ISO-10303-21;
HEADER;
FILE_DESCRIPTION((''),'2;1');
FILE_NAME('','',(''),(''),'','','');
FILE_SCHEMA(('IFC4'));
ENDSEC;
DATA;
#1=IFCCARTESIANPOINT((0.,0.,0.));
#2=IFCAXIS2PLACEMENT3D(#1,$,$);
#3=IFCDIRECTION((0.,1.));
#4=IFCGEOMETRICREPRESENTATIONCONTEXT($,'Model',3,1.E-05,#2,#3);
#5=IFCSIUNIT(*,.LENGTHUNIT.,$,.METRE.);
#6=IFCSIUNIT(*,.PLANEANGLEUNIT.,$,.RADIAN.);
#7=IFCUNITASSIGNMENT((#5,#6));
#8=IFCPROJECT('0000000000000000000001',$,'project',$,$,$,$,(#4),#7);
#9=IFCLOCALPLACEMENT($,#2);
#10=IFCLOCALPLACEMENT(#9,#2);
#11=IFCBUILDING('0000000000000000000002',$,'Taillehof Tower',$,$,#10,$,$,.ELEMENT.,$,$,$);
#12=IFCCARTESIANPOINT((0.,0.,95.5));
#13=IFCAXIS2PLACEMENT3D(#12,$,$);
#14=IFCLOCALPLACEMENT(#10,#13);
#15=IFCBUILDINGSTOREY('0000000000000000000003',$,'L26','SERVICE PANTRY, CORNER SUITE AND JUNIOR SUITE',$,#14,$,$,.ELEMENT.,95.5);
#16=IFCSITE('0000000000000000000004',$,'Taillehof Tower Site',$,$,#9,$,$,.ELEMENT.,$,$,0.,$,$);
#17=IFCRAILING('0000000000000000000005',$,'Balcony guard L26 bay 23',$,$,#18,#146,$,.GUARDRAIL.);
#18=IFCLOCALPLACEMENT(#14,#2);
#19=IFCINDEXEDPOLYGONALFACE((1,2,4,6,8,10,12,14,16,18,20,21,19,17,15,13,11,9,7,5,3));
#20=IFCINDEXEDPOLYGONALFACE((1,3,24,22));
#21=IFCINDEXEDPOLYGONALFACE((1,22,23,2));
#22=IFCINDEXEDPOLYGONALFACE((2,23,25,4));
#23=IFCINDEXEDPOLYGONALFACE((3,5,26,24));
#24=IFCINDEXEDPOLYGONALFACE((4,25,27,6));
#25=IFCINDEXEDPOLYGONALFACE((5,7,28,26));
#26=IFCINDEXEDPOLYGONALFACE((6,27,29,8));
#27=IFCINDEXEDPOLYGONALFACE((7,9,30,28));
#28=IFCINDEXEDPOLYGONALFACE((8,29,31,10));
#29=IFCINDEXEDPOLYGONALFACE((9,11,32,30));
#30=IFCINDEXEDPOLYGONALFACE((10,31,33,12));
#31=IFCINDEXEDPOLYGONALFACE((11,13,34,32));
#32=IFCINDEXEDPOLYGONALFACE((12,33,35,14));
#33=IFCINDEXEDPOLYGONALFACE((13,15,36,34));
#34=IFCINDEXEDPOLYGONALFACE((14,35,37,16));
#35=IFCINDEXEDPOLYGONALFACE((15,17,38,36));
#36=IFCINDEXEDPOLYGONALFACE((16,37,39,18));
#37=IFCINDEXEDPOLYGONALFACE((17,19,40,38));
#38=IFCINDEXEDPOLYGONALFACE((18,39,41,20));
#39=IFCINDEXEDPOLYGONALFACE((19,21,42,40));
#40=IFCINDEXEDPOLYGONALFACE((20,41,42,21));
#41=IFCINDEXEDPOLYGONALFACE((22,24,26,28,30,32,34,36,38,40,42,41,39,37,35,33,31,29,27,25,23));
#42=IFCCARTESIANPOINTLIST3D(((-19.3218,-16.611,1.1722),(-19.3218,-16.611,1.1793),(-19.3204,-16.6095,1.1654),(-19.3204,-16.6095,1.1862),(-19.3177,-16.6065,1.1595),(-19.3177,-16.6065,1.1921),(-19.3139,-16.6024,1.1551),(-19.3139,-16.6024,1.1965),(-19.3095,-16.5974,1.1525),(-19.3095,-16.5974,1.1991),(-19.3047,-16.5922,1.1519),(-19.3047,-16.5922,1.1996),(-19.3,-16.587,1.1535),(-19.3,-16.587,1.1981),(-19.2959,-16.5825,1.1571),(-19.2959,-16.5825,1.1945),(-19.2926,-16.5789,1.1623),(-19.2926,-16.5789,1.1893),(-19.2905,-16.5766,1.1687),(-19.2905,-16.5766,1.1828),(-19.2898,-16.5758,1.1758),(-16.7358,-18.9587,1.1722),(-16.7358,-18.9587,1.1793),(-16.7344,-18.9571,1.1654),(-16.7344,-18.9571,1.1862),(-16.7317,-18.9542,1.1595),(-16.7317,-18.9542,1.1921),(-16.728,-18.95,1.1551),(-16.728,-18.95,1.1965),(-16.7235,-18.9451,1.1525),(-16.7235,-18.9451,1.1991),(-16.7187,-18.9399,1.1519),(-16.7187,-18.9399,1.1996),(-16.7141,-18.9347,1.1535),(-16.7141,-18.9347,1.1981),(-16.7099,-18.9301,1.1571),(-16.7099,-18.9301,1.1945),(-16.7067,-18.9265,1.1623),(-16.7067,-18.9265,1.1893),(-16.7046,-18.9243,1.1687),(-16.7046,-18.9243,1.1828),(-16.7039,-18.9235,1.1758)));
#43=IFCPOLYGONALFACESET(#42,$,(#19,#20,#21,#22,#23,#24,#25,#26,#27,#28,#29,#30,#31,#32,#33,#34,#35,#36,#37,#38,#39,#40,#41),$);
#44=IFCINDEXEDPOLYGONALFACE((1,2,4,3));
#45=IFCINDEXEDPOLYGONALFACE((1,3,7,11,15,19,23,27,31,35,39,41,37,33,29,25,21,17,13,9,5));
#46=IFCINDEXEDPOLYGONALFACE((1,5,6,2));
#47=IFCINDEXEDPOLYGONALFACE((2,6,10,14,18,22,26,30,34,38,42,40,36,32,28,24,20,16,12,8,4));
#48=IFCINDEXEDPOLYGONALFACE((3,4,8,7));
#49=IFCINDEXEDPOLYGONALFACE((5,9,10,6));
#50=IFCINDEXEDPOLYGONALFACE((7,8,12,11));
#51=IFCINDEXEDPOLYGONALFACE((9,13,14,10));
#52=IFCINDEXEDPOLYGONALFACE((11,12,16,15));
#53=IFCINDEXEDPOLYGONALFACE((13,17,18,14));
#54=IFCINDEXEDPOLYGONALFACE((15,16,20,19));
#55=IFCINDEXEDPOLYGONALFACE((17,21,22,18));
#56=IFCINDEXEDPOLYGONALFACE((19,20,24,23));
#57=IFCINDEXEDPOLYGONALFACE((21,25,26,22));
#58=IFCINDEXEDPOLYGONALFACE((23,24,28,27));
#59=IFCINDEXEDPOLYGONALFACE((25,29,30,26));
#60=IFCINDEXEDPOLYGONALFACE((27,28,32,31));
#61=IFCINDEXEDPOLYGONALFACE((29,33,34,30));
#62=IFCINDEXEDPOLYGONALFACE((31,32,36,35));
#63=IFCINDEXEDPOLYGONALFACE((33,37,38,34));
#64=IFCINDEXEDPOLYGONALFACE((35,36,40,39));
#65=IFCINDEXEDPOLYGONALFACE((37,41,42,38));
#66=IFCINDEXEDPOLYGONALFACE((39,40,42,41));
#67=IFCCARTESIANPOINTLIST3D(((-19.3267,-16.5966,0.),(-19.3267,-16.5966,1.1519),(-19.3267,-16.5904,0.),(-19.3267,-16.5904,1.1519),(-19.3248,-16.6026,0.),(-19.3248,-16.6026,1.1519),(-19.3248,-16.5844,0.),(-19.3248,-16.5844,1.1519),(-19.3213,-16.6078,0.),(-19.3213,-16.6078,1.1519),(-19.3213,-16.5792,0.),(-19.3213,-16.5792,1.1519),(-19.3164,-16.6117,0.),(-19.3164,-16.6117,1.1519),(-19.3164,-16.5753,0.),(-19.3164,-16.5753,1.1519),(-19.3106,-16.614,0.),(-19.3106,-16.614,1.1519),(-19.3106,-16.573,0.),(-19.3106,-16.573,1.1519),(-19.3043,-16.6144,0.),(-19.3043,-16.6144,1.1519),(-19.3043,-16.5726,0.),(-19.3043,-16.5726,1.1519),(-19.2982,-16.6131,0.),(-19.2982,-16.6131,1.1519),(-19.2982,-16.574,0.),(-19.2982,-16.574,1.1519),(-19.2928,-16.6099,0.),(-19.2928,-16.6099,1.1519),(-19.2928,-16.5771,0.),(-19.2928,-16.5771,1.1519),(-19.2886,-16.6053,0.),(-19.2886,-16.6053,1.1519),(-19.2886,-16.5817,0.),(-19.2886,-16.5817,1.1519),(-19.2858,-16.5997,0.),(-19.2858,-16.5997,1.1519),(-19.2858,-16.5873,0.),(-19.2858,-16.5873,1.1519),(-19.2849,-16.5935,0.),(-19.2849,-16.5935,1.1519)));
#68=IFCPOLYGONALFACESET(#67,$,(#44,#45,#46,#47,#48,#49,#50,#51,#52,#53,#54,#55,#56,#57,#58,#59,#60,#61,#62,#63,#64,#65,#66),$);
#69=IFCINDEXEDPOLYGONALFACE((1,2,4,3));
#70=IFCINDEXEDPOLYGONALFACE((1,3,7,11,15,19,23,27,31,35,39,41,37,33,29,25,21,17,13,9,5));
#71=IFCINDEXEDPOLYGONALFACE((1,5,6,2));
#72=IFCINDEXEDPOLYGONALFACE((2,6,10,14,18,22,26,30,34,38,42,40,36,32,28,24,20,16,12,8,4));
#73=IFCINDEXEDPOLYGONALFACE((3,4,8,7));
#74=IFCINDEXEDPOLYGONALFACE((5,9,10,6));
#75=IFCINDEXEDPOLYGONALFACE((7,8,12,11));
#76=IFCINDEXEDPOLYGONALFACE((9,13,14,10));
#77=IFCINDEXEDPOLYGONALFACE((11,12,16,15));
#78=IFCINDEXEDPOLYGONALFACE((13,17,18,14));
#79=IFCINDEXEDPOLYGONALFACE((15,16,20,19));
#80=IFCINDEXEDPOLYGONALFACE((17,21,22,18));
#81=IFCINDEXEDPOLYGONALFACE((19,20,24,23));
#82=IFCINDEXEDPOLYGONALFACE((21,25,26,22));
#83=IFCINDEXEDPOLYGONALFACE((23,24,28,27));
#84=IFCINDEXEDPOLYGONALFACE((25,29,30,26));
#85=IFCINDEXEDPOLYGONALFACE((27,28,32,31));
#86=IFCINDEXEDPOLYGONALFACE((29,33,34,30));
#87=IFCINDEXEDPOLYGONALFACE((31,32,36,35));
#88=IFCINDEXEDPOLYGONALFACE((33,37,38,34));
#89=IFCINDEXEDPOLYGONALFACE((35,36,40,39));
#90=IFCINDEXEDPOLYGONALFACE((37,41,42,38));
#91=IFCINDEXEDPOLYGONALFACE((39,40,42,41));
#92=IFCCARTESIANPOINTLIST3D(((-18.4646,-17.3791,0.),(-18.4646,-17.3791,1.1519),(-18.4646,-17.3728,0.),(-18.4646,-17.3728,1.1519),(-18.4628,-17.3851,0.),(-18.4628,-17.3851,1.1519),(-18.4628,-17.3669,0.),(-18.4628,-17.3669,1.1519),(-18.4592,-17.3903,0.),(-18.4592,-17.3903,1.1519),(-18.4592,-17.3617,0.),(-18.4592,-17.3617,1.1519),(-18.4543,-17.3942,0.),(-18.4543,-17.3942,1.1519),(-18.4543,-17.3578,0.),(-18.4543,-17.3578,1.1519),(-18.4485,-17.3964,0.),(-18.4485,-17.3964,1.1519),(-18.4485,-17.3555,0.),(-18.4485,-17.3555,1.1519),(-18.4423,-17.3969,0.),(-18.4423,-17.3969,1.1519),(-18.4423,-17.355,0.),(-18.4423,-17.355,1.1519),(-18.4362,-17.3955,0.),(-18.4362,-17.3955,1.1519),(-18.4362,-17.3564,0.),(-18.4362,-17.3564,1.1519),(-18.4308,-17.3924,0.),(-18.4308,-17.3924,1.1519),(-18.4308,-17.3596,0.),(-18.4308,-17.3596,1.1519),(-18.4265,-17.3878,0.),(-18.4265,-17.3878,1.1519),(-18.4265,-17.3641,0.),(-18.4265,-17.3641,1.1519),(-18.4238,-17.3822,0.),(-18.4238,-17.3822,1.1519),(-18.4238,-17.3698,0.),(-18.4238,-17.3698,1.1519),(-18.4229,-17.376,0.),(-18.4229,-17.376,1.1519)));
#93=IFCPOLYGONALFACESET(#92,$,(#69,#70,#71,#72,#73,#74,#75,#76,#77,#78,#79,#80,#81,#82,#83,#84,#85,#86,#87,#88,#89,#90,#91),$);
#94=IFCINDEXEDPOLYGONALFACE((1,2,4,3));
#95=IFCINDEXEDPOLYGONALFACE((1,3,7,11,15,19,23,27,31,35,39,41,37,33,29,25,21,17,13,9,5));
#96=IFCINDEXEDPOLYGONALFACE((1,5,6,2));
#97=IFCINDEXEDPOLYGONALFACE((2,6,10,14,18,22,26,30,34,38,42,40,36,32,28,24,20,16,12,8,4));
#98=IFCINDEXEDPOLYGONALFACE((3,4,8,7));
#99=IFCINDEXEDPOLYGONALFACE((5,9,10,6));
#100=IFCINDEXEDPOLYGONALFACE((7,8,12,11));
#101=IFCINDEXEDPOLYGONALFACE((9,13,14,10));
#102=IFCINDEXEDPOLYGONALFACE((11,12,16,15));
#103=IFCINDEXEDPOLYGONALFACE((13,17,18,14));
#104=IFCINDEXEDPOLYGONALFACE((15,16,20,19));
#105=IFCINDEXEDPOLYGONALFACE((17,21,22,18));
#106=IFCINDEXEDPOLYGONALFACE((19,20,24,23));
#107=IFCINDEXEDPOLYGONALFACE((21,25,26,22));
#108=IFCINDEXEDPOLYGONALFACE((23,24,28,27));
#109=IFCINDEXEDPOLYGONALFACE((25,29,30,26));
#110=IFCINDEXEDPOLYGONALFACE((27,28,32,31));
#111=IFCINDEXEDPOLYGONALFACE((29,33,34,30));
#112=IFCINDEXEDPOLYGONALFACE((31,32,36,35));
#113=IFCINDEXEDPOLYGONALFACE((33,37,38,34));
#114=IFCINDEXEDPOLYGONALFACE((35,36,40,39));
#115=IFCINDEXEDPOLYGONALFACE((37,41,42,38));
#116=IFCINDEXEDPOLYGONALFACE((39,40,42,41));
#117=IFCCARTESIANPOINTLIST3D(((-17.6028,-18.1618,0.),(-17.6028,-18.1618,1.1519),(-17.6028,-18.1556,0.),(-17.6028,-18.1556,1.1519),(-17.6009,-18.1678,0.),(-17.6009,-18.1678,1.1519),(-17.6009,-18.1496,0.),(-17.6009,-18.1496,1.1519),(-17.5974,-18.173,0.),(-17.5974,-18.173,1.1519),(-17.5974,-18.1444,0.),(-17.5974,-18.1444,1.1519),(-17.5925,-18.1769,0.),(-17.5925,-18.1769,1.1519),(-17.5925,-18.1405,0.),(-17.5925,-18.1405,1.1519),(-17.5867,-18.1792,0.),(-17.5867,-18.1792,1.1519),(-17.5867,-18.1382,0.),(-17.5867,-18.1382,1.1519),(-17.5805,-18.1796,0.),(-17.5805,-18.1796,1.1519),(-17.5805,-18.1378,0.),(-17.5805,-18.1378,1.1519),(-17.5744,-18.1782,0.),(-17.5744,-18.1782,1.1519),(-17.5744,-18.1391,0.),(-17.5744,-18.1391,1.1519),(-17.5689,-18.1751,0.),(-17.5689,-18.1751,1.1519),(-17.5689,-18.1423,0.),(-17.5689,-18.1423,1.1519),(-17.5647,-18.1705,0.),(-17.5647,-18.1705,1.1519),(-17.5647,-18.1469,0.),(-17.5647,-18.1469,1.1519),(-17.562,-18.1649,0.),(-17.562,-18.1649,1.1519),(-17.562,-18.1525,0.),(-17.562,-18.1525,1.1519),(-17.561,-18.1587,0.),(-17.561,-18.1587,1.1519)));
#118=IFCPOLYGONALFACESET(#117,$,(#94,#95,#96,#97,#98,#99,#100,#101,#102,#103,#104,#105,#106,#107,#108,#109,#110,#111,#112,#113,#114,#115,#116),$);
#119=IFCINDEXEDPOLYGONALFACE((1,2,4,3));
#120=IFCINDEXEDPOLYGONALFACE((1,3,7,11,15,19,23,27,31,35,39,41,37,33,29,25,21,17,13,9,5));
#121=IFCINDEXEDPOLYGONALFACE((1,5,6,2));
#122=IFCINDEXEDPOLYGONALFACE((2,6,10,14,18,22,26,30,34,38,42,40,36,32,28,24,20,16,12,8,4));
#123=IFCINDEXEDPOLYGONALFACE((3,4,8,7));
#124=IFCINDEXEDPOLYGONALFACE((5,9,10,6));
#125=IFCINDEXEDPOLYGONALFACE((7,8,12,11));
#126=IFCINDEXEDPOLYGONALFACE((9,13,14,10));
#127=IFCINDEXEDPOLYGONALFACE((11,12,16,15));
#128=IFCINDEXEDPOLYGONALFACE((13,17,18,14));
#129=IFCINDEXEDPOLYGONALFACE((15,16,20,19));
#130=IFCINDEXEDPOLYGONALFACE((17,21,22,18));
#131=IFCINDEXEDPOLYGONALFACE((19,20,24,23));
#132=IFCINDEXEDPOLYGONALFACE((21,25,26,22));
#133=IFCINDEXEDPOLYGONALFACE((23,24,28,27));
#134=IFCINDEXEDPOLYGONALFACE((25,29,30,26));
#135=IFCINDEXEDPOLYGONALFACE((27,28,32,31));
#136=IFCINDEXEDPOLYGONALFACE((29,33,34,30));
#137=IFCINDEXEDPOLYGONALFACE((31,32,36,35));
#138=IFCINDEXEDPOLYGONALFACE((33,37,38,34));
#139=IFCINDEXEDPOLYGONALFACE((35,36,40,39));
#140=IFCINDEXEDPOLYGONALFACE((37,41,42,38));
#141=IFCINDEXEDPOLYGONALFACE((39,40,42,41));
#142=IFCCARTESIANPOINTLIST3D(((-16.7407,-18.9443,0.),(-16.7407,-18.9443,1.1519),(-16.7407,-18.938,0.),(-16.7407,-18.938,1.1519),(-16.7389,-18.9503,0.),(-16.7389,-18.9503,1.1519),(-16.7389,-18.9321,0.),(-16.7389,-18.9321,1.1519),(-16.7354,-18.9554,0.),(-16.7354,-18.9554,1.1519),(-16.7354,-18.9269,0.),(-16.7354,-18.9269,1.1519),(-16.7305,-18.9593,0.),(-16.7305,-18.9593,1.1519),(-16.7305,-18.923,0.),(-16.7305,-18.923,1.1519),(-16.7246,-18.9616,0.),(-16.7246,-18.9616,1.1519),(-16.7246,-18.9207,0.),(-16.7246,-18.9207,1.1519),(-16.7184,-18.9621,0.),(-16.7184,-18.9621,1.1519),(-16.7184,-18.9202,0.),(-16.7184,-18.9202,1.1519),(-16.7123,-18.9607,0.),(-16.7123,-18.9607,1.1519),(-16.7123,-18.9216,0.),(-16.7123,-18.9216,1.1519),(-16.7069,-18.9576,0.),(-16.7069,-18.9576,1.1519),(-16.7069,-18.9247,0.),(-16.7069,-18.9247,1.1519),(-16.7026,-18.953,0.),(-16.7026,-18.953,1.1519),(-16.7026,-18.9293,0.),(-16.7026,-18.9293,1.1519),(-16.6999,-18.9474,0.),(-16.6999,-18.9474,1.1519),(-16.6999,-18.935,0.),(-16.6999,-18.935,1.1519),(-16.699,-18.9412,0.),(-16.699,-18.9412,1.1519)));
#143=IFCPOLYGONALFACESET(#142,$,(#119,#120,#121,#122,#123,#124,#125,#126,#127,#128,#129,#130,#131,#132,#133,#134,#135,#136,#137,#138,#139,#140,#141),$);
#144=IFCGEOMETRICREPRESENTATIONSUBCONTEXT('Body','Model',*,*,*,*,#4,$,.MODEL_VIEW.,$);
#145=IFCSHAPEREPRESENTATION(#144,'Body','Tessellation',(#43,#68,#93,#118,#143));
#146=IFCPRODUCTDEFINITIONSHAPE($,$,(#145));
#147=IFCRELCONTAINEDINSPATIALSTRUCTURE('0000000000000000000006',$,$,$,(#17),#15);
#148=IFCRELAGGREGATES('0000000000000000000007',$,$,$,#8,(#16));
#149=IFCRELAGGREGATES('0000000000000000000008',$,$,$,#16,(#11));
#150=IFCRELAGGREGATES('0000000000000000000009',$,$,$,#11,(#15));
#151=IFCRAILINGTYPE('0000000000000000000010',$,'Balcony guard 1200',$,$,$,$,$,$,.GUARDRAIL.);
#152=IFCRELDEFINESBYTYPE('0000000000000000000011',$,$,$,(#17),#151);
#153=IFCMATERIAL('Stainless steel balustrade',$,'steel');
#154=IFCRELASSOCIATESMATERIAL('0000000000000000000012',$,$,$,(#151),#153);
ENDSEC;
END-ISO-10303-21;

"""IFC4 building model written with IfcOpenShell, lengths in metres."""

from ifc_helpers import new_model, si_unit, direction, frame, origin, origin_2d, place, context, subcontext, project, spatial, circle, extrude, material, type_object, element, save


model = new_model("IFC4")

# Units and contexts
model_context = context("Model", 3, precision=1e-05, world=origin(), true_north=direction((0.0, 1.0)))
body_context = subcontext(model_context, "Body", "Model", "MODEL_VIEW")
ifc_project = project(units=[si_unit("LENGTHUNIT", "METRE"), si_unit("PLANEANGLEUNIT", "RADIAN")], contexts=[model_context])

# Site, building, storey
site_placement = place(None, origin())
site = spatial("IfcSite", under=ifc_project, at=site_placement, Name="Taillehof Tower Site", CompositionType="ELEMENT", RefElevation=0.0)
building_placement = place(site_placement, origin())
building = spatial("IfcBuilding", under=site, at=building_placement, Name="Taillehof Tower", CompositionType="ELEMENT")
storey_placement = place(building_placement, frame((0.0, 0.0, 95.5)))
storey = spatial("IfcBuildingStorey", under=building, at=storey_placement, Name="L26", Description="SERVICE PANTRY, CORNER SUITE AND JUNIOR SUITE", CompositionType="ELEMENT", Elevation=95.5)

# Railing
ifc_material_1 = material(Name="Stainless steel balustrade", Category="steel")
railing_type = type_object("IfcRailingType", Name="Balcony guard 1200", PredefinedType="GUARDRAIL", material=ifc_material_1)
railing_1_placement = place(storey_placement, frame((-19.3059, -16.5935, 0.0)))
element("IfcRailing", 1, at=railing_1_placement, inside=storey, type_object=railing_type, Name="Balcony guard L26 bay 23", PredefinedType="GUARDRAIL", context=body_context, shape_type="SweptSolid", body=[
    extrude(circle(Radius=0.0239, at=origin_2d()), frame((0.0, 0.0, 1.1758), z_axis=(0.740395, -0.672172, 0.0), x_axis=(0.672172, 0.740395, 0.0)), (0.0, 0.0, 1.0), 3.4927),
    extrude(circle(Radius=0.021, at=origin_2d()), origin(), (0.0, 0.0, 1.0), 1.1519),
    extrude(circle(Radius=0.021, at=origin_2d()), frame((0.8621, -0.7825, 0.0)), (0.0, 0.0, 1.0), 1.1519),
    extrude(circle(Radius=0.021, at=origin_2d()), frame((1.7239, -1.5652, 0.0)), (0.0, 0.0, 1.0), 1.1519),
    extrude(circle(Radius=0.021, at=origin_2d()), frame((2.5859, -2.3477, 0.0)), (0.0, 0.0, 1.0), 1.1519),
])

save(model, "model.ifc")
